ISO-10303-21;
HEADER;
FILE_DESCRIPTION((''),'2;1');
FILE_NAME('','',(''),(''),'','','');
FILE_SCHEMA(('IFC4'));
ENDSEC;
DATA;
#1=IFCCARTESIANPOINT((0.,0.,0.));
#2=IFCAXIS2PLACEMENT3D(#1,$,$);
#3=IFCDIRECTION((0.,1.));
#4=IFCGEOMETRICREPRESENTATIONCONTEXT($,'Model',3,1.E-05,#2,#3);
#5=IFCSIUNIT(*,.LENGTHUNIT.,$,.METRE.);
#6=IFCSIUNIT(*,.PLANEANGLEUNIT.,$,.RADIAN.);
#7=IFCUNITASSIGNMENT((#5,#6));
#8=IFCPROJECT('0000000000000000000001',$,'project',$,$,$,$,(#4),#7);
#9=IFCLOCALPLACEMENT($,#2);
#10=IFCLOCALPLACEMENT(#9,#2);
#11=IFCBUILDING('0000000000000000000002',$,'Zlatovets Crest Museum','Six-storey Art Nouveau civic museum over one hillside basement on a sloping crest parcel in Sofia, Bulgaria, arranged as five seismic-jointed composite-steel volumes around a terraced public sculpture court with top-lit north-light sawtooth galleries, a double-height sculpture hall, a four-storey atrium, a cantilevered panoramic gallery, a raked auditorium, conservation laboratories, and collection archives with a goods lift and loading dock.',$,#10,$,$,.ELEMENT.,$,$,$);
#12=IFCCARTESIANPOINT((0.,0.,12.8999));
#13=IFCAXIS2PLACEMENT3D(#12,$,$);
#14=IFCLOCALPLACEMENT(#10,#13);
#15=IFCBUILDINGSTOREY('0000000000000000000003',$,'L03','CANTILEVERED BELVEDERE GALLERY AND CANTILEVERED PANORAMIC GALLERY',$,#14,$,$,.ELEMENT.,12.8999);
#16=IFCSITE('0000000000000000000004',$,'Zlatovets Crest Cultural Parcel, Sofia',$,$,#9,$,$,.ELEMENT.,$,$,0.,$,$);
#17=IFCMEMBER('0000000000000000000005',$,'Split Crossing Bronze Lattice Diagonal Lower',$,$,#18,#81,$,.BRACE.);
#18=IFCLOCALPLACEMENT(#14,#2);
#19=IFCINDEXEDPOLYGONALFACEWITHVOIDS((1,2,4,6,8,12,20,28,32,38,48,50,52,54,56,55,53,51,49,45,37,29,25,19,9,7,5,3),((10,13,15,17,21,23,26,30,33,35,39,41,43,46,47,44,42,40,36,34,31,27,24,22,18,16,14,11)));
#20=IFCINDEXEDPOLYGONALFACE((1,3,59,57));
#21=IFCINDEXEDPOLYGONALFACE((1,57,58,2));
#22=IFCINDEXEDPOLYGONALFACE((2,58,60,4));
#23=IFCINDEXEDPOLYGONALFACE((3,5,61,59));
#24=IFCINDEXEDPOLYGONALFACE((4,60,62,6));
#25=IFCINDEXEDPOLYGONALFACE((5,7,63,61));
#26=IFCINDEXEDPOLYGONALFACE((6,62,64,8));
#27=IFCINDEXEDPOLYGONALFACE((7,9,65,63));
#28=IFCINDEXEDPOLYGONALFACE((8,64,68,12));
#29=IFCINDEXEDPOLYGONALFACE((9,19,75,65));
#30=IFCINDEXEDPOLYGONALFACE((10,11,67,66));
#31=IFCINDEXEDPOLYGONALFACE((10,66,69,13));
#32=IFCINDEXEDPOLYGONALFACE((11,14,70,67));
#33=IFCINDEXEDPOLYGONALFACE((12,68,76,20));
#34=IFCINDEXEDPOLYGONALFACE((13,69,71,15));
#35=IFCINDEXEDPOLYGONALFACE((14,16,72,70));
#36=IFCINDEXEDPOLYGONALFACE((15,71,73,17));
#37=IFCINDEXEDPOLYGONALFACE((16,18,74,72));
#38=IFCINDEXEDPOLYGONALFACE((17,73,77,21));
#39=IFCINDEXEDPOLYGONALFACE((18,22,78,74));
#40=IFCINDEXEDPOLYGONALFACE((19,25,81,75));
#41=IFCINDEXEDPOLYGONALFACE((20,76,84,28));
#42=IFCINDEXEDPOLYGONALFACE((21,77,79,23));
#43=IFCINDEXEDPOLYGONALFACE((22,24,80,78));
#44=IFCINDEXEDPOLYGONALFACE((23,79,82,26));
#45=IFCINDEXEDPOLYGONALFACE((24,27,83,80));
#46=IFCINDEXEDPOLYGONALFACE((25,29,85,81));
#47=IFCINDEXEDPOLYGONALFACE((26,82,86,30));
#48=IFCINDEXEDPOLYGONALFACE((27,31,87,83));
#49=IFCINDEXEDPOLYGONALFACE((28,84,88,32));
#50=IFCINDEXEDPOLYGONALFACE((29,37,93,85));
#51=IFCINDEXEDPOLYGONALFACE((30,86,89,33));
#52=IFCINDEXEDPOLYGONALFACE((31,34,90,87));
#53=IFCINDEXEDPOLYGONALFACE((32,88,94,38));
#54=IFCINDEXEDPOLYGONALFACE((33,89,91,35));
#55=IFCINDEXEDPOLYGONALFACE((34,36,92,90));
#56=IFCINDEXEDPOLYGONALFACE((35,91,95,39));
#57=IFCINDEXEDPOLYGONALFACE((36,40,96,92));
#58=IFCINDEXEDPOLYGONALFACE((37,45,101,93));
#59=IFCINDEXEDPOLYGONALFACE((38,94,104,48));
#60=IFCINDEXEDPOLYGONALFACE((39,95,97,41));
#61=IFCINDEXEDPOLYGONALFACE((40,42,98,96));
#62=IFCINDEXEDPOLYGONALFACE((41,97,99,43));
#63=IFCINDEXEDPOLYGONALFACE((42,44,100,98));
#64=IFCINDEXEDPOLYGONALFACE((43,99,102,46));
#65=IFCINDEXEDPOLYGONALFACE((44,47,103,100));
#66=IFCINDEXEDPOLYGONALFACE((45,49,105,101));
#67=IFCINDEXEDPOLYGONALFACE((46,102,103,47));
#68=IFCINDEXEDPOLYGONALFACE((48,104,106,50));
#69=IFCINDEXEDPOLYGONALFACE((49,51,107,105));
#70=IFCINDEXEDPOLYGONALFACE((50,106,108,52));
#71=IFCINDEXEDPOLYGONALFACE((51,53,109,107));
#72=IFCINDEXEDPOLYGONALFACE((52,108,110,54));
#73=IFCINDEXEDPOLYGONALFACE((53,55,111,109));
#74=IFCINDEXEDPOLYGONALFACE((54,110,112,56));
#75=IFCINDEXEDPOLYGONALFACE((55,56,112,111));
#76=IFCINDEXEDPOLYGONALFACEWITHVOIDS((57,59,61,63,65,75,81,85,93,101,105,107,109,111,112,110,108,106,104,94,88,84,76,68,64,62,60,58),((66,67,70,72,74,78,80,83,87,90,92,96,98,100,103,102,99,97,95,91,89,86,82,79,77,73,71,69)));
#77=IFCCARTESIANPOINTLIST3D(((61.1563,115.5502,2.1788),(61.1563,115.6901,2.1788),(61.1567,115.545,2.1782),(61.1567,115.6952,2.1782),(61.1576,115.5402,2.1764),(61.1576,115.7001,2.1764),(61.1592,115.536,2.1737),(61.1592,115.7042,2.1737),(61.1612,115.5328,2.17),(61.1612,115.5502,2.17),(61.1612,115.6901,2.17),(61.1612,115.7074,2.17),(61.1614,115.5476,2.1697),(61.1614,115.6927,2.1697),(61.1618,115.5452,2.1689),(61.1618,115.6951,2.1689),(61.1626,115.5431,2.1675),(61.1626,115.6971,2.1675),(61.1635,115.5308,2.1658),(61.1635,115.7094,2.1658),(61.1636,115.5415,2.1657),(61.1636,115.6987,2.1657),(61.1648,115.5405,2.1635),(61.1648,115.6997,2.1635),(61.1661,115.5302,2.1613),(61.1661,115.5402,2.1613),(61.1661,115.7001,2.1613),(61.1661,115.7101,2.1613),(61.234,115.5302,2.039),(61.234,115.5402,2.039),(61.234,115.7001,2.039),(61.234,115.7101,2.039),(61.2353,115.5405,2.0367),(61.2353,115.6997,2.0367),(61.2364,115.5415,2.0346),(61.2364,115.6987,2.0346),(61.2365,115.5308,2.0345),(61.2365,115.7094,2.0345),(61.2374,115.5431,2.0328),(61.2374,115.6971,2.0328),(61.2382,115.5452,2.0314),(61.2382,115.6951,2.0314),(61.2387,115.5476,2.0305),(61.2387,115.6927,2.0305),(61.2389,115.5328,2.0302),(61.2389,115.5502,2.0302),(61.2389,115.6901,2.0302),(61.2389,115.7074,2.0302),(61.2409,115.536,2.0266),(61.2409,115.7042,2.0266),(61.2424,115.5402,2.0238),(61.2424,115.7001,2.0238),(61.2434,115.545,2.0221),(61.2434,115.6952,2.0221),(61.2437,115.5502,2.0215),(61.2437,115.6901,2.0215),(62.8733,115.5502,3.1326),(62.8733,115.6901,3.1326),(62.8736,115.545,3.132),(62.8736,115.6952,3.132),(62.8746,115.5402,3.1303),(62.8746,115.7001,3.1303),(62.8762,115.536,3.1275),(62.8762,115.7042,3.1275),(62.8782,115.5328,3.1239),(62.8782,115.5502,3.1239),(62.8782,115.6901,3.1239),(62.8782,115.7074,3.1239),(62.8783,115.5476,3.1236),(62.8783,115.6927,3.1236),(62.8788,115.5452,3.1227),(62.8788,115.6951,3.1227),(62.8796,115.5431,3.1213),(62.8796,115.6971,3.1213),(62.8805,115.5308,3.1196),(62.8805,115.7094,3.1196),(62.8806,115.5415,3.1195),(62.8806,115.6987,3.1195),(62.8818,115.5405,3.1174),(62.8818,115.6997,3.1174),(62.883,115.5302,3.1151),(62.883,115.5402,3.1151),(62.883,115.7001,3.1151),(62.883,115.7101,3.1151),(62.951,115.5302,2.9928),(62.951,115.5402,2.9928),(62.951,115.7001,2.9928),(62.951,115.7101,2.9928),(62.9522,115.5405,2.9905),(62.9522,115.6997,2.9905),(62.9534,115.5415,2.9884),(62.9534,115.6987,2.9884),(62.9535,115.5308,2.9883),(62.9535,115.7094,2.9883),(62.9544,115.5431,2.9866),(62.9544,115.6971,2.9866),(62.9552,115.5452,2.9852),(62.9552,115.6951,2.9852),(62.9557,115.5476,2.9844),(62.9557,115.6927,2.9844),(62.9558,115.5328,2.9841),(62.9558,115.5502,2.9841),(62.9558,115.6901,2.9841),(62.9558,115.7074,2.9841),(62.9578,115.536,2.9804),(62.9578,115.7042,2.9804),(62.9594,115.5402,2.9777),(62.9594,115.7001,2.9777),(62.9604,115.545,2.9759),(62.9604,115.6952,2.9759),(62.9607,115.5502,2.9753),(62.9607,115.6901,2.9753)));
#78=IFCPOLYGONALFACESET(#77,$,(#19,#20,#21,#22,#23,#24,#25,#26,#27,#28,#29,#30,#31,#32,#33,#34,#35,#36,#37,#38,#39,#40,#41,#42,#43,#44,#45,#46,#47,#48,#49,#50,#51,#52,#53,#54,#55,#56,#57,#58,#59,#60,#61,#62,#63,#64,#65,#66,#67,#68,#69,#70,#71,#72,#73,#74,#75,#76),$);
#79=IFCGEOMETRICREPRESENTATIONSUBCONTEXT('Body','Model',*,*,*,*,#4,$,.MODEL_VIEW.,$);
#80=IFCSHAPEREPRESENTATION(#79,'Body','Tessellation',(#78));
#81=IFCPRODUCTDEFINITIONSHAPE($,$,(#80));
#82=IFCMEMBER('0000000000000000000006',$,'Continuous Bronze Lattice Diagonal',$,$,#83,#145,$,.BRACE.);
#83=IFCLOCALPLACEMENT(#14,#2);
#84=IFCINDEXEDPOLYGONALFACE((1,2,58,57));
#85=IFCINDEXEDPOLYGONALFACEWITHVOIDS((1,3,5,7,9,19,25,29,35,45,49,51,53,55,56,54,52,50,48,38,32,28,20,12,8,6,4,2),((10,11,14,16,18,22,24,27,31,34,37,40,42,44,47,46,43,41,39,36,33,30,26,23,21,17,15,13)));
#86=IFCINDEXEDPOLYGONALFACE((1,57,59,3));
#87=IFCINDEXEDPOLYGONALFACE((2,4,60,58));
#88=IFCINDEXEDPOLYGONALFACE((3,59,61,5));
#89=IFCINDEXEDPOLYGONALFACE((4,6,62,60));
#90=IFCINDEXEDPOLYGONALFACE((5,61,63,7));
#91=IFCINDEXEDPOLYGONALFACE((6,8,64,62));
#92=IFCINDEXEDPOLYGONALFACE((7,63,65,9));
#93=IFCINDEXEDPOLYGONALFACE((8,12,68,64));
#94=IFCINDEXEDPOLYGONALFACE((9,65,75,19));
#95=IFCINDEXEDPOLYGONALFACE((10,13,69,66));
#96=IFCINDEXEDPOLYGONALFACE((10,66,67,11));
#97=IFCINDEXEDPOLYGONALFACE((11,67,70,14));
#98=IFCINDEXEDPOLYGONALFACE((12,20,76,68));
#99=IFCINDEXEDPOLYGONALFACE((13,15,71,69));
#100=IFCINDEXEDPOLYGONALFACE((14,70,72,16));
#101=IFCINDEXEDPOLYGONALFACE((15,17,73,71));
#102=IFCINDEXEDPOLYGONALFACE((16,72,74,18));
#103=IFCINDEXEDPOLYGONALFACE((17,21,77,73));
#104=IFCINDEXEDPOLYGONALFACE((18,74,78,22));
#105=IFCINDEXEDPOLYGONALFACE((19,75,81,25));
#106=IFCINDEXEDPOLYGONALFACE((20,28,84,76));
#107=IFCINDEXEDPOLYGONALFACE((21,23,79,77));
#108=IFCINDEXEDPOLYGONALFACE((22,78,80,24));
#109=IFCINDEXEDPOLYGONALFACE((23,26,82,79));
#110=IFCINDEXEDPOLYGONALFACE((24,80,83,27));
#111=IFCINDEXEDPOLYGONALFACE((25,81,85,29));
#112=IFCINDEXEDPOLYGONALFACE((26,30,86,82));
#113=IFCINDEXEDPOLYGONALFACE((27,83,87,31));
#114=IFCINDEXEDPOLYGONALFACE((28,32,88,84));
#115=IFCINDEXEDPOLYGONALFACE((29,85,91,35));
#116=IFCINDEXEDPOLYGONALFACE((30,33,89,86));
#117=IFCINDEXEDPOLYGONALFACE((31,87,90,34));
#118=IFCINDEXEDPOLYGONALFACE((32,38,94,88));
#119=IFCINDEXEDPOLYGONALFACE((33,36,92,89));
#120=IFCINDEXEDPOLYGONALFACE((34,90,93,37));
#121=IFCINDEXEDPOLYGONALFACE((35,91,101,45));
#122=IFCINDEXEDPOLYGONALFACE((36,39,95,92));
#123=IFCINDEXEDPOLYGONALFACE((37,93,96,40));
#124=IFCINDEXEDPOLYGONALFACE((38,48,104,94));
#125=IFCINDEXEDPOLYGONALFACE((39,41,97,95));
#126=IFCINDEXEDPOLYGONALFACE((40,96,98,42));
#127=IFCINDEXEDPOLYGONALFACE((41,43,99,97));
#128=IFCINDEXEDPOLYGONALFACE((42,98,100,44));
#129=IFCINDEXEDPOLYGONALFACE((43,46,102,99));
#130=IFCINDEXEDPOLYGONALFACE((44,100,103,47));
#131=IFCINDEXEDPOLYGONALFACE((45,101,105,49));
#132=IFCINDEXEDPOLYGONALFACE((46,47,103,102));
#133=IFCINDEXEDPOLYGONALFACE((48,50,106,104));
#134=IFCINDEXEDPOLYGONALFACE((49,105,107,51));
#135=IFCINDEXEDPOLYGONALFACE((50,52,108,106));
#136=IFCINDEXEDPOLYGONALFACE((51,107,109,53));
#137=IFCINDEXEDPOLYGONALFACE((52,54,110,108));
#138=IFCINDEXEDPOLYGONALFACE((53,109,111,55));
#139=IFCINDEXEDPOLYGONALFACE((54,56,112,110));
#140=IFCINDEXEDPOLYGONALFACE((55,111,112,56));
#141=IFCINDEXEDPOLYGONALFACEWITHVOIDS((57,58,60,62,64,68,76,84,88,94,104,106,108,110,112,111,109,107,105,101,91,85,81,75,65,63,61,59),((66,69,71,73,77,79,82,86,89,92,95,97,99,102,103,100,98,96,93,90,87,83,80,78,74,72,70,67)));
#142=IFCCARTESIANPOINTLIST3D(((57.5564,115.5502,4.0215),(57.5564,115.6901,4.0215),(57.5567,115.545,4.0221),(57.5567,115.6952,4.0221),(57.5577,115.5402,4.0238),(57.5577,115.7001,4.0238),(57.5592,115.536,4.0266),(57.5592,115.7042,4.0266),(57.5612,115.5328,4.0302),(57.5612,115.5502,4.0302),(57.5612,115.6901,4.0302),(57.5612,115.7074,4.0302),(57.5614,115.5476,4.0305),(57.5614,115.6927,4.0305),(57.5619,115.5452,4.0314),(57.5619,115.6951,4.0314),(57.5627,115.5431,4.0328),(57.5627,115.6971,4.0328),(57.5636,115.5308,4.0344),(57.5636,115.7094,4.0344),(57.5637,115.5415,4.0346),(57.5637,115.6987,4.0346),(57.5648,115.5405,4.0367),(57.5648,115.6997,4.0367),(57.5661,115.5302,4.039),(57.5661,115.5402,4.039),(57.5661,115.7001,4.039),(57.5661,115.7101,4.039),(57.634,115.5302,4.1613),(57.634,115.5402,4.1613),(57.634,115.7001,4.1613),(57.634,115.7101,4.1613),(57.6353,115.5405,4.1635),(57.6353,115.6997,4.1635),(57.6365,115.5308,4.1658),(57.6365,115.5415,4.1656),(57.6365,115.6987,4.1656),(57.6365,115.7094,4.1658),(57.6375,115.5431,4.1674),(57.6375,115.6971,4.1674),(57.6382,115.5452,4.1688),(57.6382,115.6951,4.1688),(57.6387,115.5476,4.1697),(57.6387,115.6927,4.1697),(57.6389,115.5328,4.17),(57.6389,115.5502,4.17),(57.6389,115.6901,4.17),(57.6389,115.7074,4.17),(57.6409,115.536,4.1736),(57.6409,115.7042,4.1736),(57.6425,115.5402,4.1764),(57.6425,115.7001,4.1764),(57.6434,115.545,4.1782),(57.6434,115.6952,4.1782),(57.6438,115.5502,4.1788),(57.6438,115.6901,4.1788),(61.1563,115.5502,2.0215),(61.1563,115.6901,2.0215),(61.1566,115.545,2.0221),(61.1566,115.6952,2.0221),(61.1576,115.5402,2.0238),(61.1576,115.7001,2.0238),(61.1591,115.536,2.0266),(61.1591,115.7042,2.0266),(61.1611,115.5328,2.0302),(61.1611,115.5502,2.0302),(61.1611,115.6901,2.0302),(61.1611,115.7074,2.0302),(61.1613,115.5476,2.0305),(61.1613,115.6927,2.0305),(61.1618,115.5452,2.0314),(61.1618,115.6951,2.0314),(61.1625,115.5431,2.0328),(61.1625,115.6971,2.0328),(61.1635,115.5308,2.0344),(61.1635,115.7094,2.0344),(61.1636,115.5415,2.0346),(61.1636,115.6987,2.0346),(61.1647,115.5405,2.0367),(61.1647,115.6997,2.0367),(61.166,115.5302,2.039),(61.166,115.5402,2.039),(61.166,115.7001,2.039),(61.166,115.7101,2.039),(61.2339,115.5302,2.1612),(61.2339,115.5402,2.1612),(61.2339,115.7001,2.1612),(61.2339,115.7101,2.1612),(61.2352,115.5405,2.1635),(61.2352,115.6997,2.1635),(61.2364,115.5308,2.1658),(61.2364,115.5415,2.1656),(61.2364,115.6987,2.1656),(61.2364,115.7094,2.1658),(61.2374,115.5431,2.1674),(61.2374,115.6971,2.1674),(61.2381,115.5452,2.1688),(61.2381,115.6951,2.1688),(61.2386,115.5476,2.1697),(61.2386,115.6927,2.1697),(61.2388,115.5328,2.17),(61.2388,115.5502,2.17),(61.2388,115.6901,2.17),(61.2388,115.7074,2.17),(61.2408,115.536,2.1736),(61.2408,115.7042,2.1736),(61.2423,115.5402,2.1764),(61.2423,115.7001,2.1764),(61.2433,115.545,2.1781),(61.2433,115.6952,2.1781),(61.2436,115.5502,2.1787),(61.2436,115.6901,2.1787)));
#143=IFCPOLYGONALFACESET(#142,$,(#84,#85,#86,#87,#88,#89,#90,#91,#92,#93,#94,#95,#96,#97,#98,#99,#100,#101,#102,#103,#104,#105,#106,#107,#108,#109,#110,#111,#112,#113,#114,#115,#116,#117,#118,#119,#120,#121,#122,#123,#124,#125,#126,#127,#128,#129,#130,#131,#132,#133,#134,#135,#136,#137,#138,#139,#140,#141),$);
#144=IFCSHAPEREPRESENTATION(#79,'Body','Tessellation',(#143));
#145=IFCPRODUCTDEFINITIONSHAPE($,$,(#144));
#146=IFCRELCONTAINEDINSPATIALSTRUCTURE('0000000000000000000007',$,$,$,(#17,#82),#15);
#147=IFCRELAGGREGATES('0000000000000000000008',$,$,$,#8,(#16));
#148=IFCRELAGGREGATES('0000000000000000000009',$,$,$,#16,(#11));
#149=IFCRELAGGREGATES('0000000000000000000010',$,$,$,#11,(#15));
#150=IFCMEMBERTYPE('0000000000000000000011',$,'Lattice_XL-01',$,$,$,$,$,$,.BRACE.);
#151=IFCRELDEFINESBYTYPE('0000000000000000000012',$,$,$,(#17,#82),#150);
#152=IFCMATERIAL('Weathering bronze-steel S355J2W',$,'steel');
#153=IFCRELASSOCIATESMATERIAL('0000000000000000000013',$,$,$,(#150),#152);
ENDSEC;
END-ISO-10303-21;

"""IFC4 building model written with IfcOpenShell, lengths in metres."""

from ifc_helpers import new_model, si_unit, direction, frame, origin, origin_2d, place, context, subcontext, project, spatial, hollow_rectangle, extrude, material, material_profile, profile_set, type_object, element, save


model = new_model("IFC4")

# Units and contexts
model_context = context("Model", 3, precision=1e-05, world=origin(), true_north=direction((0.0, 1.0)))
body_context = subcontext(model_context, "Body", "Model", "MODEL_VIEW")
ifc_project = project(units=[si_unit("LENGTHUNIT", "METRE"), si_unit("PLANEANGLEUNIT", "RADIAN")], contexts=[model_context])

# Site, building, storey
site_placement = place(None, origin())
site = spatial("IfcSite", under=ifc_project, at=site_placement, Name="Zlatovets Crest Cultural Parcel, Sofia", CompositionType="ELEMENT", RefElevation=0.0)
building_placement = place(site_placement, origin())
building = spatial("IfcBuilding", under=site, at=building_placement, Name="Zlatovets Crest Museum", Description="Six-storey Art Nouveau civic museum over one hillside basement on a sloping crest parcel in Sofia, Bulgaria, arranged as five seismic-jointed composite-steel volumes around a terraced public sculpture court with top-lit north-light sawtooth galleries, a double-height sculpture hall, a four-storey atrium, a cantilevered panoramic gallery, a raked auditorium, conservation laboratories, and collection archives with a goods lift and loading dock.", CompositionType="ELEMENT")
storey_placement = place(building_placement, frame((0.0, 0.0, 12.8999)))
storey = spatial("IfcBuildingStorey", under=building, at=storey_placement, Name="L03", Description="CANTILEVERED BELVEDERE GALLERY AND CANTILEVERED PANORAMIC GALLERY", CompositionType="ELEMENT", Elevation=12.8999)

# Members
ifc_material_1 = material(Name="Weathering bronze-steel S355J2W", Category="steel")
ifc_material_profile_1 = material_profile(ifc_material_1, hollow_rectangle(XDim=0.1799, YDim=0.1799, WallThickness=0.01, InnerFilletRadius=0.01, OuterFilletRadius=0.02, at=origin_2d()), Name="SHS 180x180x10.0")
ifc_profile_set_1 = profile_set([ifc_material_profile_1], Name="Weathering bronze-steel S355J2W")
member_type = type_object("IfcMemberType", Name="Lattice_XL-01", PredefinedType="BRACE", material=ifc_profile_set_1)
member_1_placement = place(storey_placement, frame((62.917, 115.6201, 3.054), z_axis=(-0.874169, 0.0, -0.485622), x_axis=(0.0, -1.0, 0.0)))
element("IfcMember", 1, at=member_1_placement, inside=storey, type_object=member_type, Name="Split Crossing Bronze Lattice Diagonal Lower", PredefinedType="BRACE", context=body_context, shape_type="SweptSolid", body=[
    extrude(hollow_rectangle(XDim=0.1799, YDim=0.1799, WallThickness=0.01, InnerFilletRadius=0.01, OuterFilletRadius=0.02, at=origin_2d()), origin(), (0.0, 0.0, 1.0), 1.9641),
])
member_2_placement = place(storey_placement, frame((61.2, 115.6201, 2.1001), z_axis=(-0.874149, 0.0, 0.485658), x_axis=(0.0, -1.0, 0.0)))
element("IfcMember", 2, at=member_2_placement, inside=storey, type_object=member_type, Name="Continuous Bronze Lattice Diagonal", PredefinedType="BRACE", context=body_context, shape_type="SweptSolid", body=[
    extrude(hollow_rectangle(XDim=0.1799, YDim=0.1799, WallThickness=0.01, InnerFilletRadius=0.01, OuterFilletRadius=0.02, at=origin_2d()), origin(), (0.0, 0.0, 1.0), 4.1182),
])

save(model, "model.ifc")
